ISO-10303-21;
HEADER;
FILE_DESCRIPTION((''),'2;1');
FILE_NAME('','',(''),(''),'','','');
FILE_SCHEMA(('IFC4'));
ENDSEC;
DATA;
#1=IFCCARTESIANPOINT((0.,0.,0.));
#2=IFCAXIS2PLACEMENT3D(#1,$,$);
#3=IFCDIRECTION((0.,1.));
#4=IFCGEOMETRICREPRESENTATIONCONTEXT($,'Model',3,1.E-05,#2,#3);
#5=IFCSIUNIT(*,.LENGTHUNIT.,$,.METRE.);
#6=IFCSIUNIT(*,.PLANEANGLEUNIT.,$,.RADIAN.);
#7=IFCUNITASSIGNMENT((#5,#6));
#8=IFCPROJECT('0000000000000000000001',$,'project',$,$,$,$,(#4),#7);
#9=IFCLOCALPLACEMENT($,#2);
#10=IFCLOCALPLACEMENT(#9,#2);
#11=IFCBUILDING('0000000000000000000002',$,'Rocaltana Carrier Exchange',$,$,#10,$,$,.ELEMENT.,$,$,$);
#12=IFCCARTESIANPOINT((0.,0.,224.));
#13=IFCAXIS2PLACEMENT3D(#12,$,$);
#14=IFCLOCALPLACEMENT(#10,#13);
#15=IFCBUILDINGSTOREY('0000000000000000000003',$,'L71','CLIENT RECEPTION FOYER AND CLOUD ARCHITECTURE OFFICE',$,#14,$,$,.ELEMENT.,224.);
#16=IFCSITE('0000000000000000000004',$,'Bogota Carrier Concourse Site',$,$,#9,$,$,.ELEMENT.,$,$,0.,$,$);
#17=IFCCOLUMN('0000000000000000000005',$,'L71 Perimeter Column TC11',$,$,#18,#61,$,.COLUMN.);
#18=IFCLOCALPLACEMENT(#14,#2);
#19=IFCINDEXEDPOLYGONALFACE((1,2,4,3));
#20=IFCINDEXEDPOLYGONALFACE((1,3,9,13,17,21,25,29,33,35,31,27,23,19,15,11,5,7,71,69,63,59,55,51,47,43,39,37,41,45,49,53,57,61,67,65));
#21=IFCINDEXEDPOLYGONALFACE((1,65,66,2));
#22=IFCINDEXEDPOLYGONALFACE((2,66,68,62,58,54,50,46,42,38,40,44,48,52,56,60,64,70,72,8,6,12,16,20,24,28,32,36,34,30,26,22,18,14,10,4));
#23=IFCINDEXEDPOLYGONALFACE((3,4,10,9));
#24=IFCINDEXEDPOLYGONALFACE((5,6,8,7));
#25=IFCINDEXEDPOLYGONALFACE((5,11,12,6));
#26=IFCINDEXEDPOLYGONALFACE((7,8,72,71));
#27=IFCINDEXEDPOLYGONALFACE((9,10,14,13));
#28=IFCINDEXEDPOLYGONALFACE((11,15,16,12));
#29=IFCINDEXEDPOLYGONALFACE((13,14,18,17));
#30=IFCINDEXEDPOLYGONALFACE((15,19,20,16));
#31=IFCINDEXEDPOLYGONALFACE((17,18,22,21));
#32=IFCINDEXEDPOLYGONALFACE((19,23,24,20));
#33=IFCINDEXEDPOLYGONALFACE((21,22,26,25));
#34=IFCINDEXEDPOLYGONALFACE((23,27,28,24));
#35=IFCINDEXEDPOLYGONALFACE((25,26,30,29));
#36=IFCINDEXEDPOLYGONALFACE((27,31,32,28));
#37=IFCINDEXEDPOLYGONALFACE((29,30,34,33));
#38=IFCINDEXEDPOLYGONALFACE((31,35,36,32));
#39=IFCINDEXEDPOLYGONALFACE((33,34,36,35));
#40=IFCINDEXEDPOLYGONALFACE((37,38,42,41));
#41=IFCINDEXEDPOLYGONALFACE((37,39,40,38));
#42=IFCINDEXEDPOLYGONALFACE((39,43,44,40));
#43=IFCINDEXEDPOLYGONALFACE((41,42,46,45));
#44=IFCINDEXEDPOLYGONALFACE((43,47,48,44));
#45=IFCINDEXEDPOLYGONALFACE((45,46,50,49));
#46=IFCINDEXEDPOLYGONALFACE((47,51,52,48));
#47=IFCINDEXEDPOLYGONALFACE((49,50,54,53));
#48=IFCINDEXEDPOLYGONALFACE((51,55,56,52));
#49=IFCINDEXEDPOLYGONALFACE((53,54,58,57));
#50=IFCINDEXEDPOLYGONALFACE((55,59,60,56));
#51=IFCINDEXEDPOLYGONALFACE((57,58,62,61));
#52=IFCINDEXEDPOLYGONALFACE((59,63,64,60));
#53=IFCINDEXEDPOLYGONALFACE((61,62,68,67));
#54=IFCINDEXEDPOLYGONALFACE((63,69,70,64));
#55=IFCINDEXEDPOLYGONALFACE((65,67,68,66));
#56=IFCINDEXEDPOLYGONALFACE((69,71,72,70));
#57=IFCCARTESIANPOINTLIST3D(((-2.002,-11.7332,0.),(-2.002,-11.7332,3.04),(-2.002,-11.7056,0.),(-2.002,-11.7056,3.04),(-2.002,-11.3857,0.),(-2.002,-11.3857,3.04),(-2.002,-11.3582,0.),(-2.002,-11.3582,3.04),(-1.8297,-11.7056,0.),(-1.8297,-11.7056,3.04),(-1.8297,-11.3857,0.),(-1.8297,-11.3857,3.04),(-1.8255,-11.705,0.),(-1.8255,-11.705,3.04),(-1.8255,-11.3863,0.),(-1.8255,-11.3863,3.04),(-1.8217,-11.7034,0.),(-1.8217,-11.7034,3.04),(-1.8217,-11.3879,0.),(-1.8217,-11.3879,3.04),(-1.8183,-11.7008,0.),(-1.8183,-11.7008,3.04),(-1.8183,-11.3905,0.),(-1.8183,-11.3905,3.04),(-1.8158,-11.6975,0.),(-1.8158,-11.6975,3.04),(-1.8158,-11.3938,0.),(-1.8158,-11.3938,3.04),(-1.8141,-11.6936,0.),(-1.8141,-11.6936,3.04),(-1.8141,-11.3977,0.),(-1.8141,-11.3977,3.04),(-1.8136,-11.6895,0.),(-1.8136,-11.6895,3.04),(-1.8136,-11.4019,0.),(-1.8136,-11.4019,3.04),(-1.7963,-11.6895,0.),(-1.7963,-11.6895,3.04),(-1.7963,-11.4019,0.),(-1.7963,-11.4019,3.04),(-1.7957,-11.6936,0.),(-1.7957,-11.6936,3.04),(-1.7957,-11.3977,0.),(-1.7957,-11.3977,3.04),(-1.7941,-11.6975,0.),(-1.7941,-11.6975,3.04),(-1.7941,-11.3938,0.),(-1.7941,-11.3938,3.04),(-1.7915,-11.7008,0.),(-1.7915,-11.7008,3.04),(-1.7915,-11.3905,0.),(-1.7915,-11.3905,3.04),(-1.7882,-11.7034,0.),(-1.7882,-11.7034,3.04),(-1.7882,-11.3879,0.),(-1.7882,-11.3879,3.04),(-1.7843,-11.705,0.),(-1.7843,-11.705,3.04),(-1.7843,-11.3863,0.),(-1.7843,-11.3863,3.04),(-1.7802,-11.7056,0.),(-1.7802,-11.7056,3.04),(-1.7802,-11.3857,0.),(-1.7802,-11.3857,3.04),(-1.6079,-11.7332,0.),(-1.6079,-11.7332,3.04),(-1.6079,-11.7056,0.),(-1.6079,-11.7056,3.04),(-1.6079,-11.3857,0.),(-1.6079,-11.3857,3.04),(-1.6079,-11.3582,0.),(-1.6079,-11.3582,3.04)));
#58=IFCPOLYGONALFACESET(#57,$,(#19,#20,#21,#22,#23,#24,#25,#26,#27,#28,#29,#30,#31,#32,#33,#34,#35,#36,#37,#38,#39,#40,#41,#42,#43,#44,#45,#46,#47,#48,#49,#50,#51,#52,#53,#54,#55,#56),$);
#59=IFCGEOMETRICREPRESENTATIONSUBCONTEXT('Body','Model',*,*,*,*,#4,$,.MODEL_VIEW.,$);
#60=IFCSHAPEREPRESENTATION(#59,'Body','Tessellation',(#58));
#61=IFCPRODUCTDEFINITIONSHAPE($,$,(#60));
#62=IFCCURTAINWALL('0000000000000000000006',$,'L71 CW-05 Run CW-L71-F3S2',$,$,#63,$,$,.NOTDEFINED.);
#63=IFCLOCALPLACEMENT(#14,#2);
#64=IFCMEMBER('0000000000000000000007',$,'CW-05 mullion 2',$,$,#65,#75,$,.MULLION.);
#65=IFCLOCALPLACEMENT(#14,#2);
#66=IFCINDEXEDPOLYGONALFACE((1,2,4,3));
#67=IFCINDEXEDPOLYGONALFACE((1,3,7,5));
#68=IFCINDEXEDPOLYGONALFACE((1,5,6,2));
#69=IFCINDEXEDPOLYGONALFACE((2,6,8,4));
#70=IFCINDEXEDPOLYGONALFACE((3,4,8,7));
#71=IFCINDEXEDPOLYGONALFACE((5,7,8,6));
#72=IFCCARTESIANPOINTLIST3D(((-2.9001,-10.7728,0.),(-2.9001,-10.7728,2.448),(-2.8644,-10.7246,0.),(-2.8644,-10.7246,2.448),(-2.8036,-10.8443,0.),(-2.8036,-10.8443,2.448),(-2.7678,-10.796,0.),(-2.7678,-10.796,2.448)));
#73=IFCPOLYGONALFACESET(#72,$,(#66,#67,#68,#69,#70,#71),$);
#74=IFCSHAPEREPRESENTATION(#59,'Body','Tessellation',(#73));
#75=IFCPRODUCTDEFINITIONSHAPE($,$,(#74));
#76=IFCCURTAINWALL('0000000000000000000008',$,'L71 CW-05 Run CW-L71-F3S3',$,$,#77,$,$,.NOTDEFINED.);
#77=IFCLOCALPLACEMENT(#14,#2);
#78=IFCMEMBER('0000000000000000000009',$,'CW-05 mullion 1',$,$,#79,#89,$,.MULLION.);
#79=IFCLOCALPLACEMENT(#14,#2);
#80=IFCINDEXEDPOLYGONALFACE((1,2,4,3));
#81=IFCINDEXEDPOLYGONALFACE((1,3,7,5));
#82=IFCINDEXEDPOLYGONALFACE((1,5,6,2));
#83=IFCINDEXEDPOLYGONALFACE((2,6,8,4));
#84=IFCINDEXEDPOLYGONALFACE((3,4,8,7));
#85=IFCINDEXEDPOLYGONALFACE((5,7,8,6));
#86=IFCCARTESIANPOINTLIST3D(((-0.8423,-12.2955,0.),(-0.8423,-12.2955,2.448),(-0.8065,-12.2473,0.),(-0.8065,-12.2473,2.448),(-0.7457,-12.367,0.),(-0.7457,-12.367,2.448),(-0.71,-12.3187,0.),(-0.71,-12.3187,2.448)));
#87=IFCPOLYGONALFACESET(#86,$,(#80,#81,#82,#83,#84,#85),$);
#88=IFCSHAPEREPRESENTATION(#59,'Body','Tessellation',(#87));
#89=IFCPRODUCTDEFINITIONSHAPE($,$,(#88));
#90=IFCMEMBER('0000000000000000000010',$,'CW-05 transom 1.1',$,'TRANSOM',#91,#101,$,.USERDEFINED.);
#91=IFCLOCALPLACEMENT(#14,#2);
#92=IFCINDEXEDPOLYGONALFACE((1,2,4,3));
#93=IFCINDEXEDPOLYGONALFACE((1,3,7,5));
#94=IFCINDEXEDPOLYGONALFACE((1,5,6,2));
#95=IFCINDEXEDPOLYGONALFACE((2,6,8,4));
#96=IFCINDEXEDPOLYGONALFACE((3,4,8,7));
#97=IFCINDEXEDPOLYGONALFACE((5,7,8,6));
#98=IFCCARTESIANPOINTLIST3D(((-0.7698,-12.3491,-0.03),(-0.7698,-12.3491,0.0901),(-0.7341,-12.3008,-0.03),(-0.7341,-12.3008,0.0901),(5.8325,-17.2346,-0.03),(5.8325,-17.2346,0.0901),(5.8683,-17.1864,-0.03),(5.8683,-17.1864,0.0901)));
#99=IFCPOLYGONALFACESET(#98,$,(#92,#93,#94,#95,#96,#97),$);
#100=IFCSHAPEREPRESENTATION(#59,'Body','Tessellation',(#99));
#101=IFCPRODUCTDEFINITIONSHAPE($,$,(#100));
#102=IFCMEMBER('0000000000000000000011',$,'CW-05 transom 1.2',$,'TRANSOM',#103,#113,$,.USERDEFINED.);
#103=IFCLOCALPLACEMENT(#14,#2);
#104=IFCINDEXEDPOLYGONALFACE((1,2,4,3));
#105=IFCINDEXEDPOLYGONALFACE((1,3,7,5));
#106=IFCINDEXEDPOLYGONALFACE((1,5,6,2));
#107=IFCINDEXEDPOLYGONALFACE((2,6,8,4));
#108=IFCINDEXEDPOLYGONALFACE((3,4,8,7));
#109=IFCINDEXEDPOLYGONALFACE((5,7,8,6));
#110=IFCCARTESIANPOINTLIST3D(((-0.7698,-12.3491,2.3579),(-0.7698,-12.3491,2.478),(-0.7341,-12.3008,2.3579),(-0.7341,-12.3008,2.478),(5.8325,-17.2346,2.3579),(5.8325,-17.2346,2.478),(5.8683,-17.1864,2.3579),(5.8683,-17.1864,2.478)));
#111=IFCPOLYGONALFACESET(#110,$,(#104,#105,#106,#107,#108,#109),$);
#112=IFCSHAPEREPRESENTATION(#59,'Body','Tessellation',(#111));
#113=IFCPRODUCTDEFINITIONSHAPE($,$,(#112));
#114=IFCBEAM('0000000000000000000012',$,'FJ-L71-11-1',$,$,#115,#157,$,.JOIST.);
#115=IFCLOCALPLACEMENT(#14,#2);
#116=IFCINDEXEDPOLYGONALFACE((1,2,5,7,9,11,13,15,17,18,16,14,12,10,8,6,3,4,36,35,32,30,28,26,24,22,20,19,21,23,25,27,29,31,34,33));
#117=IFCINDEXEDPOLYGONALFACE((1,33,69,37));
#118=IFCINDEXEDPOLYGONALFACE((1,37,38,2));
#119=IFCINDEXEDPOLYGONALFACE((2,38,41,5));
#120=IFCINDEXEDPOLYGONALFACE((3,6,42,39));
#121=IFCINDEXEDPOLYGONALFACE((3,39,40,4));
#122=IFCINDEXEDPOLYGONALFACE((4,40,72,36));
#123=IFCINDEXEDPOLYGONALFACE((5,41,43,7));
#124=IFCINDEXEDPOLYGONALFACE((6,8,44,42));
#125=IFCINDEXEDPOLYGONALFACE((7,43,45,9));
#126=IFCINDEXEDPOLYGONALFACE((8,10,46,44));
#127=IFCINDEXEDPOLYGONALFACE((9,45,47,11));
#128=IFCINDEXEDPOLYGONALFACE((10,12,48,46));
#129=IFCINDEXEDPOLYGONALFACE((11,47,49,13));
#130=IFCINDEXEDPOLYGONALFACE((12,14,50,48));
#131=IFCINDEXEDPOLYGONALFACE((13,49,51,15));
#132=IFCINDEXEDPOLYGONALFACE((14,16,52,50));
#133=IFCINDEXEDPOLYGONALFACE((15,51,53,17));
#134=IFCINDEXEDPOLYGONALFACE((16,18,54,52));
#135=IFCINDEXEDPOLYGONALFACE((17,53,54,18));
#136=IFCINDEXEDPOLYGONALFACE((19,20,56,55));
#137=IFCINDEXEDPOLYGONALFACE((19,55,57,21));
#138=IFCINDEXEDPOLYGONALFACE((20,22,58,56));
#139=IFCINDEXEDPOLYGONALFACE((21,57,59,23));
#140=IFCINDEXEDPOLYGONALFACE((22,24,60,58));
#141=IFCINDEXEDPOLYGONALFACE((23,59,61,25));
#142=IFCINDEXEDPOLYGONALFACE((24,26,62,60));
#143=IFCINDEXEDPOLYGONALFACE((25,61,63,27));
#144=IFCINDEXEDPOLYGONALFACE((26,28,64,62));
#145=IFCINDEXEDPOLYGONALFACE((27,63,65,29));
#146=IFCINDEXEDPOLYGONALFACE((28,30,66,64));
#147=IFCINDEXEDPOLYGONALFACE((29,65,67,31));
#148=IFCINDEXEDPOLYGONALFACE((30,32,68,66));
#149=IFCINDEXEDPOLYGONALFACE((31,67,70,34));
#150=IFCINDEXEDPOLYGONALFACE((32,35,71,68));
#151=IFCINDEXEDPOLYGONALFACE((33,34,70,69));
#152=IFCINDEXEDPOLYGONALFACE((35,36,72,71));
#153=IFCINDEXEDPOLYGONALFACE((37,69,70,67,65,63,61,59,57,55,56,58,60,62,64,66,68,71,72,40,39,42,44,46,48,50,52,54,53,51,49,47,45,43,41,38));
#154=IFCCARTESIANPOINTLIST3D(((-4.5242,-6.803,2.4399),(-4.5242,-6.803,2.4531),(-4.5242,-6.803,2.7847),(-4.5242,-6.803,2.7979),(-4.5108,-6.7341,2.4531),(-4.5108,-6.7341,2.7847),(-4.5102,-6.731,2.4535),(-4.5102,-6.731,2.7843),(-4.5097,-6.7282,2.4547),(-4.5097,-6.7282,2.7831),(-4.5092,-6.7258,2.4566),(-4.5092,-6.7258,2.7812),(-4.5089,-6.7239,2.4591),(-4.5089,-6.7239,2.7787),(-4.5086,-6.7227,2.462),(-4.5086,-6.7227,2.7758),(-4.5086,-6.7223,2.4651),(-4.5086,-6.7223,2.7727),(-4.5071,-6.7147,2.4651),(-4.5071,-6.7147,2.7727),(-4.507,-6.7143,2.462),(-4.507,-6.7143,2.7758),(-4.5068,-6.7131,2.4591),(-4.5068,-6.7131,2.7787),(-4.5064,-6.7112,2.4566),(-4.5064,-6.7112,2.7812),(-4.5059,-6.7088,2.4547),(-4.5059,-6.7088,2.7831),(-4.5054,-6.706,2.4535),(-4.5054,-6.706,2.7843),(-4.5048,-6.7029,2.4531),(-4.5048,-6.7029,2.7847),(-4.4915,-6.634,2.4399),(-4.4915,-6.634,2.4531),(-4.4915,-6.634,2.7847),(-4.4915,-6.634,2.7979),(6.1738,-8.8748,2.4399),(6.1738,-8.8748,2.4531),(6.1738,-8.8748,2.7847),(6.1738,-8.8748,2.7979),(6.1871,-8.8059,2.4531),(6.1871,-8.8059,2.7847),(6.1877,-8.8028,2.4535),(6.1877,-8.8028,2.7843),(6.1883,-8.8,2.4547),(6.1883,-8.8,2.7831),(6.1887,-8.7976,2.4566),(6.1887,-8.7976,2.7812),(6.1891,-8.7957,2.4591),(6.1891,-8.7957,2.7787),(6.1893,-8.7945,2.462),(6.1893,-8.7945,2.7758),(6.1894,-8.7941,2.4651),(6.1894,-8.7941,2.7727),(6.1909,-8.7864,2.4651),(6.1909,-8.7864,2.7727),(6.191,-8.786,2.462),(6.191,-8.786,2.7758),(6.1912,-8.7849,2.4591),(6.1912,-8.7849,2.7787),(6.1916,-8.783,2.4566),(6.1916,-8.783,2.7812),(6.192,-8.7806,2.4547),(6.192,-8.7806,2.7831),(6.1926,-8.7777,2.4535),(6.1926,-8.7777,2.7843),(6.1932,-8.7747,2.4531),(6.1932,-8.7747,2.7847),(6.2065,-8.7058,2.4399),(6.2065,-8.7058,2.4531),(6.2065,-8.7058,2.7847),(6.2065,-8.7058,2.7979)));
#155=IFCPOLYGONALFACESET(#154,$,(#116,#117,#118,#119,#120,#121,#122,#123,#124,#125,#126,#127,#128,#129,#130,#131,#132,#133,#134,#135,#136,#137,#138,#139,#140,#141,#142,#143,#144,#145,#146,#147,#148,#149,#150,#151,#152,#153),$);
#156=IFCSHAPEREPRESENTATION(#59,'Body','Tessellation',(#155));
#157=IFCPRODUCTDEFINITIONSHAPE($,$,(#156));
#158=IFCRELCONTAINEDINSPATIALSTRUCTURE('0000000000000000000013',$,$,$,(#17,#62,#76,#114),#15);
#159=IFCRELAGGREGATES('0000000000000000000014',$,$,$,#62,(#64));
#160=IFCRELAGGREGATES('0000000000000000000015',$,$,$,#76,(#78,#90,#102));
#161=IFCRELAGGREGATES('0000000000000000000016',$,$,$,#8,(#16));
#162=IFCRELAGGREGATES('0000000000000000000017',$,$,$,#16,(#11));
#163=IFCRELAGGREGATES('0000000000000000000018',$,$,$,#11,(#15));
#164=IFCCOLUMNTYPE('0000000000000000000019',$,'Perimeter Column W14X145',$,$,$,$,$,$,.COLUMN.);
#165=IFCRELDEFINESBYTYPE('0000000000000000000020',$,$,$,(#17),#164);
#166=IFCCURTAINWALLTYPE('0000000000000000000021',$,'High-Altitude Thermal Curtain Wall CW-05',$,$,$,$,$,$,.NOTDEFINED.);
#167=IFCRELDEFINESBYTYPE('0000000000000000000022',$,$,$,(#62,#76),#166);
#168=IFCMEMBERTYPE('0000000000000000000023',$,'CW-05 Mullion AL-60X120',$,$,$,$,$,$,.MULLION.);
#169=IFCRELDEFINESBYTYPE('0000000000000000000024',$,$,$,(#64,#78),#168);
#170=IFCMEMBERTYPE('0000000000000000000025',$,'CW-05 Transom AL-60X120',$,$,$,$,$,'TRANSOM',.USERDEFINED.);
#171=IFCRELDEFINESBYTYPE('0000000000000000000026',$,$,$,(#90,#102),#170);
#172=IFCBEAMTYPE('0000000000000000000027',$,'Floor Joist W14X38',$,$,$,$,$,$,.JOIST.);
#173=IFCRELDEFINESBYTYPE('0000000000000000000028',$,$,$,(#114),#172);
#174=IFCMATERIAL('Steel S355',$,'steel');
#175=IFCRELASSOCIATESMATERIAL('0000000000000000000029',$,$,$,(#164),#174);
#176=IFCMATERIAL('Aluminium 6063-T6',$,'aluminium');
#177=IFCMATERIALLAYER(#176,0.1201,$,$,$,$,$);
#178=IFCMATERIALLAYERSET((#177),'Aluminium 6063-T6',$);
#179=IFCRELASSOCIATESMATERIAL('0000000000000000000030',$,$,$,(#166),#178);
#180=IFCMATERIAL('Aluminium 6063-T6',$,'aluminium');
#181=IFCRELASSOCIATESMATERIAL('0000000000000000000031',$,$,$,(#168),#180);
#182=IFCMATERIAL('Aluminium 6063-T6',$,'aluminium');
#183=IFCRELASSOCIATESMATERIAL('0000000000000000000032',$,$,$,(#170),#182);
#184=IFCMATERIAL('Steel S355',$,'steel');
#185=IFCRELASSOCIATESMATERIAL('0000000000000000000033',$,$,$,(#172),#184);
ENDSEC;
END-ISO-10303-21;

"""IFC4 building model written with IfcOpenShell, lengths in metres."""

from ifc_helpers import new_model, si_unit, direction, frame, origin, origin_2d, place, context, subcontext, project, spatial, rectangle, i_section, extrude, material, layer, layer_set, material_profile, profile_set, type_object, element, aggregate, save


model = new_model("IFC4")

# Units and contexts
model_context = context("Model", 3, precision=1e-05, world=origin(), true_north=direction((0.0, 1.0)))
body_context = subcontext(model_context, "Body", "Model", "MODEL_VIEW")
ifc_project = project(units=[si_unit("LENGTHUNIT", "METRE"), si_unit("PLANEANGLEUNIT", "RADIAN")], contexts=[model_context])

# Site, building, storey
site_placement = place(None, origin())
site = spatial("IfcSite", under=ifc_project, at=site_placement, Name="Bogota Carrier Concourse Site", CompositionType="ELEMENT", RefElevation=0.0)
building_placement = place(site_placement, origin())
building = spatial("IfcBuilding", under=site, at=building_placement, Name="Rocaltana Carrier Exchange", CompositionType="ELEMENT")
storey_placement = place(building_placement, frame((0.0, 0.0, 224.0)))
storey = spatial("IfcBuildingStorey", under=building, at=storey_placement, Name="L71", Description="CLIENT RECEPTION FOYER AND CLOUD ARCHITECTURE OFFICE", CompositionType="ELEMENT", Elevation=224.0)

# Column
ifc_material_1 = material(Name="Steel S355", Category="steel")
ifc_material_profile_1 = material_profile(ifc_material_1, i_section(OverallWidth=0.394, OverallDepth=0.375, WebThickness=0.0173, FlangeThickness=0.0276, FilletRadius=0.0161, at=origin_2d()), Name="W14X145")
ifc_profile_set_1 = profile_set([ifc_material_profile_1], Name="Steel S355")
column_type = type_object("IfcColumnType", Name="Perimeter Column W14X145", PredefinedType="COLUMN", material=ifc_profile_set_1)
column_placement = place(storey_placement, frame((-1.8049, -11.5457, 0.0), z_axis=(0.0, 0.0, 1.0), x_axis=(1.0, 0.0, 0.0)))
element("IfcColumn", 1, at=column_placement, inside=storey, type_object=column_type, Name="L71 Perimeter Column TC11", PredefinedType="COLUMN", context=body_context, shape_type="SweptSolid", body=[
    extrude(i_section(OverallWidth=0.394, OverallDepth=0.375, WebThickness=0.0173, FlangeThickness=0.0276, FilletRadius=0.0161, at=origin_2d()), origin(), (0.0, 0.0, 1.0), 3.04),
])

# Curtain wall, member
ifc_material_2 = material(Name="Aluminium 6063-T6", Category="aluminium")
ifc_layer_1 = layer(ifc_material_2, 0.1201)
ifc_layer_set_1 = layer_set([ifc_layer_1], Name="Aluminium 6063-T6")
curtain_wall_type = type_object("IfcCurtainWallType", Name="High-Altitude Thermal Curtain Wall CW-05", PredefinedType="NOTDEFINED", material=ifc_layer_set_1)
curtain_wall_1_placement = place(storey_placement, origin())
curtain_wall_1 = element("IfcCurtainWall", 2, at=curtain_wall_1_placement, inside=storey, type_object=curtain_wall_type, Name="L71 CW-05 Run CW-L71-F3S2", PredefinedType="NOTDEFINED")
ifc_material_3 = material(Name="Aluminium 6063-T6", Category="aluminium")
ifc_material_profile_2 = material_profile(ifc_material_3, rectangle(XDim=0.0601, YDim=0.1201, at=origin_2d()), Name="AL-60X120")
ifc_profile_set_2 = profile_set([ifc_material_profile_2], Name="Aluminium 6063-T6")
member_type_1 = type_object("IfcMemberType", Name="CW-05 Mullion AL-60X120", PredefinedType="MULLION", material=ifc_profile_set_2)
member_1_placement = place(storey_placement, frame((-2.834, -10.7844, 0.0), z_axis=(0.0, 0.0, 1.0), x_axis=(0.594821, 0.803858, 0.0)))
member_1 = element("IfcMember", 3, at=member_1_placement, type_object=member_type_1, Name="CW-05 mullion 2", PredefinedType="MULLION", context=body_context, shape_type="SweptSolid", body=[
    extrude(rectangle(XDim=0.0601, YDim=0.1201, at=origin_2d()), origin(), (0.0, 0.0, 1.0), 2.448),
])
aggregate(curtain_wall_1, [member_1])

# Curtain wall, members
curtain_wall_2_placement = place(storey_placement, origin())
curtain_wall_2 = element("IfcCurtainWall", 4, at=curtain_wall_2_placement, inside=storey, type_object=curtain_wall_type, Name="L71 CW-05 Run CW-L71-F3S3", PredefinedType="NOTDEFINED")
member_2_placement = place(storey_placement, frame((-0.7761, -12.3071, 0.0), z_axis=(0.0, 0.0, 1.0), x_axis=(0.594827, 0.803854, 0.0)))
member_2 = element("IfcMember", 5, at=member_2_placement, type_object=member_type_1, Name="CW-05 mullion 1", PredefinedType="MULLION", context=body_context, shape_type="SweptSolid", body=[
    extrude(rectangle(XDim=0.0601, YDim=0.1201, at=origin_2d()), origin(), (0.0, 0.0, 1.0), 2.448),
])
ifc_material_4 = material(Name="Aluminium 6063-T6", Category="aluminium")
ifc_material_profile_3 = material_profile(ifc_material_4, rectangle(XDim=0.0601, YDim=0.1201, at=origin_2d()), Name="AL-60X120")
ifc_profile_set_3 = profile_set([ifc_material_profile_3], Name="Aluminium 6063-T6")
member_type_2 = type_object("IfcMemberType", Name="CW-05 Transom AL-60X120", ElementType="TRANSOM", PredefinedType="USERDEFINED", material=ifc_profile_set_3)
member_3_placement = place(storey_placement, frame((-0.752, -12.325, 0.03), z_axis=(0.803854, -0.594827, 0.0), x_axis=(0.594827, 0.803854, 0.0)))
member_3 = element("IfcMember", 6, at=member_3_placement, type_object=member_type_2, Name="CW-05 transom 1.1", ObjectType="TRANSOM", PredefinedType="USERDEFINED", context=body_context, shape_type="SweptSolid", body=[
    extrude(rectangle(XDim=0.0601, YDim=0.1201, at=origin_2d()), origin(), (0.0, 0.0, 1.0), 8.2134),
])
member_4_placement = place(storey_placement, frame((-0.752, -12.325, 2.418), z_axis=(0.803854, -0.594827, 0.0), x_axis=(0.594827, 0.803854, 0.0)))
member_4 = element("IfcMember", 7, at=member_4_placement, type_object=member_type_2, Name="CW-05 transom 1.2", ObjectType="TRANSOM", PredefinedType="USERDEFINED", context=body_context, shape_type="SweptSolid", body=[
    extrude(rectangle(XDim=0.0601, YDim=0.1201, at=origin_2d()), origin(), (0.0, 0.0, 1.0), 8.2134),
])
aggregate(curtain_wall_2, [member_2, member_3, member_4])

# Beam
ifc_material_5 = material(Name="Steel S355", Category="steel")
ifc_material_profile_4 = material_profile(ifc_material_5, i_section(OverallWidth=0.1721, OverallDepth=0.3579, WebThickness=0.0078, FlangeThickness=0.0132, FilletRadius=0.012, at=origin_2d()), Name="W14X38")
ifc_profile_set_4 = profile_set([ifc_material_profile_4], Name="Steel S355")
beam_type_1 = type_object("IfcBeamType", Name="Floor Joist W14X38", PredefinedType="JOIST", material=ifc_profile_set_4)
beam_1_placement = place(storey_placement, frame((-4.5078, -6.7185, 2.6189), z_axis=(0.981759, -0.190128, 0.0), x_axis=(0.190128, 0.981759, 0.0)))
element("IfcBeam", 8, at=beam_1_placement, inside=storey, type_object=beam_type_1, Name="FJ-L71-11-1", PredefinedType="JOIST", context=body_context, shape_type="SweptSolid", body=[
    extrude(i_section(OverallWidth=0.1721, OverallDepth=0.3579, WebThickness=0.0078, FlangeThickness=0.0132, FilletRadius=0.012, at=origin_2d()), origin(), (0.0, 0.0, 1.0), 10.8967),
])

save(model, "model.ifc")
